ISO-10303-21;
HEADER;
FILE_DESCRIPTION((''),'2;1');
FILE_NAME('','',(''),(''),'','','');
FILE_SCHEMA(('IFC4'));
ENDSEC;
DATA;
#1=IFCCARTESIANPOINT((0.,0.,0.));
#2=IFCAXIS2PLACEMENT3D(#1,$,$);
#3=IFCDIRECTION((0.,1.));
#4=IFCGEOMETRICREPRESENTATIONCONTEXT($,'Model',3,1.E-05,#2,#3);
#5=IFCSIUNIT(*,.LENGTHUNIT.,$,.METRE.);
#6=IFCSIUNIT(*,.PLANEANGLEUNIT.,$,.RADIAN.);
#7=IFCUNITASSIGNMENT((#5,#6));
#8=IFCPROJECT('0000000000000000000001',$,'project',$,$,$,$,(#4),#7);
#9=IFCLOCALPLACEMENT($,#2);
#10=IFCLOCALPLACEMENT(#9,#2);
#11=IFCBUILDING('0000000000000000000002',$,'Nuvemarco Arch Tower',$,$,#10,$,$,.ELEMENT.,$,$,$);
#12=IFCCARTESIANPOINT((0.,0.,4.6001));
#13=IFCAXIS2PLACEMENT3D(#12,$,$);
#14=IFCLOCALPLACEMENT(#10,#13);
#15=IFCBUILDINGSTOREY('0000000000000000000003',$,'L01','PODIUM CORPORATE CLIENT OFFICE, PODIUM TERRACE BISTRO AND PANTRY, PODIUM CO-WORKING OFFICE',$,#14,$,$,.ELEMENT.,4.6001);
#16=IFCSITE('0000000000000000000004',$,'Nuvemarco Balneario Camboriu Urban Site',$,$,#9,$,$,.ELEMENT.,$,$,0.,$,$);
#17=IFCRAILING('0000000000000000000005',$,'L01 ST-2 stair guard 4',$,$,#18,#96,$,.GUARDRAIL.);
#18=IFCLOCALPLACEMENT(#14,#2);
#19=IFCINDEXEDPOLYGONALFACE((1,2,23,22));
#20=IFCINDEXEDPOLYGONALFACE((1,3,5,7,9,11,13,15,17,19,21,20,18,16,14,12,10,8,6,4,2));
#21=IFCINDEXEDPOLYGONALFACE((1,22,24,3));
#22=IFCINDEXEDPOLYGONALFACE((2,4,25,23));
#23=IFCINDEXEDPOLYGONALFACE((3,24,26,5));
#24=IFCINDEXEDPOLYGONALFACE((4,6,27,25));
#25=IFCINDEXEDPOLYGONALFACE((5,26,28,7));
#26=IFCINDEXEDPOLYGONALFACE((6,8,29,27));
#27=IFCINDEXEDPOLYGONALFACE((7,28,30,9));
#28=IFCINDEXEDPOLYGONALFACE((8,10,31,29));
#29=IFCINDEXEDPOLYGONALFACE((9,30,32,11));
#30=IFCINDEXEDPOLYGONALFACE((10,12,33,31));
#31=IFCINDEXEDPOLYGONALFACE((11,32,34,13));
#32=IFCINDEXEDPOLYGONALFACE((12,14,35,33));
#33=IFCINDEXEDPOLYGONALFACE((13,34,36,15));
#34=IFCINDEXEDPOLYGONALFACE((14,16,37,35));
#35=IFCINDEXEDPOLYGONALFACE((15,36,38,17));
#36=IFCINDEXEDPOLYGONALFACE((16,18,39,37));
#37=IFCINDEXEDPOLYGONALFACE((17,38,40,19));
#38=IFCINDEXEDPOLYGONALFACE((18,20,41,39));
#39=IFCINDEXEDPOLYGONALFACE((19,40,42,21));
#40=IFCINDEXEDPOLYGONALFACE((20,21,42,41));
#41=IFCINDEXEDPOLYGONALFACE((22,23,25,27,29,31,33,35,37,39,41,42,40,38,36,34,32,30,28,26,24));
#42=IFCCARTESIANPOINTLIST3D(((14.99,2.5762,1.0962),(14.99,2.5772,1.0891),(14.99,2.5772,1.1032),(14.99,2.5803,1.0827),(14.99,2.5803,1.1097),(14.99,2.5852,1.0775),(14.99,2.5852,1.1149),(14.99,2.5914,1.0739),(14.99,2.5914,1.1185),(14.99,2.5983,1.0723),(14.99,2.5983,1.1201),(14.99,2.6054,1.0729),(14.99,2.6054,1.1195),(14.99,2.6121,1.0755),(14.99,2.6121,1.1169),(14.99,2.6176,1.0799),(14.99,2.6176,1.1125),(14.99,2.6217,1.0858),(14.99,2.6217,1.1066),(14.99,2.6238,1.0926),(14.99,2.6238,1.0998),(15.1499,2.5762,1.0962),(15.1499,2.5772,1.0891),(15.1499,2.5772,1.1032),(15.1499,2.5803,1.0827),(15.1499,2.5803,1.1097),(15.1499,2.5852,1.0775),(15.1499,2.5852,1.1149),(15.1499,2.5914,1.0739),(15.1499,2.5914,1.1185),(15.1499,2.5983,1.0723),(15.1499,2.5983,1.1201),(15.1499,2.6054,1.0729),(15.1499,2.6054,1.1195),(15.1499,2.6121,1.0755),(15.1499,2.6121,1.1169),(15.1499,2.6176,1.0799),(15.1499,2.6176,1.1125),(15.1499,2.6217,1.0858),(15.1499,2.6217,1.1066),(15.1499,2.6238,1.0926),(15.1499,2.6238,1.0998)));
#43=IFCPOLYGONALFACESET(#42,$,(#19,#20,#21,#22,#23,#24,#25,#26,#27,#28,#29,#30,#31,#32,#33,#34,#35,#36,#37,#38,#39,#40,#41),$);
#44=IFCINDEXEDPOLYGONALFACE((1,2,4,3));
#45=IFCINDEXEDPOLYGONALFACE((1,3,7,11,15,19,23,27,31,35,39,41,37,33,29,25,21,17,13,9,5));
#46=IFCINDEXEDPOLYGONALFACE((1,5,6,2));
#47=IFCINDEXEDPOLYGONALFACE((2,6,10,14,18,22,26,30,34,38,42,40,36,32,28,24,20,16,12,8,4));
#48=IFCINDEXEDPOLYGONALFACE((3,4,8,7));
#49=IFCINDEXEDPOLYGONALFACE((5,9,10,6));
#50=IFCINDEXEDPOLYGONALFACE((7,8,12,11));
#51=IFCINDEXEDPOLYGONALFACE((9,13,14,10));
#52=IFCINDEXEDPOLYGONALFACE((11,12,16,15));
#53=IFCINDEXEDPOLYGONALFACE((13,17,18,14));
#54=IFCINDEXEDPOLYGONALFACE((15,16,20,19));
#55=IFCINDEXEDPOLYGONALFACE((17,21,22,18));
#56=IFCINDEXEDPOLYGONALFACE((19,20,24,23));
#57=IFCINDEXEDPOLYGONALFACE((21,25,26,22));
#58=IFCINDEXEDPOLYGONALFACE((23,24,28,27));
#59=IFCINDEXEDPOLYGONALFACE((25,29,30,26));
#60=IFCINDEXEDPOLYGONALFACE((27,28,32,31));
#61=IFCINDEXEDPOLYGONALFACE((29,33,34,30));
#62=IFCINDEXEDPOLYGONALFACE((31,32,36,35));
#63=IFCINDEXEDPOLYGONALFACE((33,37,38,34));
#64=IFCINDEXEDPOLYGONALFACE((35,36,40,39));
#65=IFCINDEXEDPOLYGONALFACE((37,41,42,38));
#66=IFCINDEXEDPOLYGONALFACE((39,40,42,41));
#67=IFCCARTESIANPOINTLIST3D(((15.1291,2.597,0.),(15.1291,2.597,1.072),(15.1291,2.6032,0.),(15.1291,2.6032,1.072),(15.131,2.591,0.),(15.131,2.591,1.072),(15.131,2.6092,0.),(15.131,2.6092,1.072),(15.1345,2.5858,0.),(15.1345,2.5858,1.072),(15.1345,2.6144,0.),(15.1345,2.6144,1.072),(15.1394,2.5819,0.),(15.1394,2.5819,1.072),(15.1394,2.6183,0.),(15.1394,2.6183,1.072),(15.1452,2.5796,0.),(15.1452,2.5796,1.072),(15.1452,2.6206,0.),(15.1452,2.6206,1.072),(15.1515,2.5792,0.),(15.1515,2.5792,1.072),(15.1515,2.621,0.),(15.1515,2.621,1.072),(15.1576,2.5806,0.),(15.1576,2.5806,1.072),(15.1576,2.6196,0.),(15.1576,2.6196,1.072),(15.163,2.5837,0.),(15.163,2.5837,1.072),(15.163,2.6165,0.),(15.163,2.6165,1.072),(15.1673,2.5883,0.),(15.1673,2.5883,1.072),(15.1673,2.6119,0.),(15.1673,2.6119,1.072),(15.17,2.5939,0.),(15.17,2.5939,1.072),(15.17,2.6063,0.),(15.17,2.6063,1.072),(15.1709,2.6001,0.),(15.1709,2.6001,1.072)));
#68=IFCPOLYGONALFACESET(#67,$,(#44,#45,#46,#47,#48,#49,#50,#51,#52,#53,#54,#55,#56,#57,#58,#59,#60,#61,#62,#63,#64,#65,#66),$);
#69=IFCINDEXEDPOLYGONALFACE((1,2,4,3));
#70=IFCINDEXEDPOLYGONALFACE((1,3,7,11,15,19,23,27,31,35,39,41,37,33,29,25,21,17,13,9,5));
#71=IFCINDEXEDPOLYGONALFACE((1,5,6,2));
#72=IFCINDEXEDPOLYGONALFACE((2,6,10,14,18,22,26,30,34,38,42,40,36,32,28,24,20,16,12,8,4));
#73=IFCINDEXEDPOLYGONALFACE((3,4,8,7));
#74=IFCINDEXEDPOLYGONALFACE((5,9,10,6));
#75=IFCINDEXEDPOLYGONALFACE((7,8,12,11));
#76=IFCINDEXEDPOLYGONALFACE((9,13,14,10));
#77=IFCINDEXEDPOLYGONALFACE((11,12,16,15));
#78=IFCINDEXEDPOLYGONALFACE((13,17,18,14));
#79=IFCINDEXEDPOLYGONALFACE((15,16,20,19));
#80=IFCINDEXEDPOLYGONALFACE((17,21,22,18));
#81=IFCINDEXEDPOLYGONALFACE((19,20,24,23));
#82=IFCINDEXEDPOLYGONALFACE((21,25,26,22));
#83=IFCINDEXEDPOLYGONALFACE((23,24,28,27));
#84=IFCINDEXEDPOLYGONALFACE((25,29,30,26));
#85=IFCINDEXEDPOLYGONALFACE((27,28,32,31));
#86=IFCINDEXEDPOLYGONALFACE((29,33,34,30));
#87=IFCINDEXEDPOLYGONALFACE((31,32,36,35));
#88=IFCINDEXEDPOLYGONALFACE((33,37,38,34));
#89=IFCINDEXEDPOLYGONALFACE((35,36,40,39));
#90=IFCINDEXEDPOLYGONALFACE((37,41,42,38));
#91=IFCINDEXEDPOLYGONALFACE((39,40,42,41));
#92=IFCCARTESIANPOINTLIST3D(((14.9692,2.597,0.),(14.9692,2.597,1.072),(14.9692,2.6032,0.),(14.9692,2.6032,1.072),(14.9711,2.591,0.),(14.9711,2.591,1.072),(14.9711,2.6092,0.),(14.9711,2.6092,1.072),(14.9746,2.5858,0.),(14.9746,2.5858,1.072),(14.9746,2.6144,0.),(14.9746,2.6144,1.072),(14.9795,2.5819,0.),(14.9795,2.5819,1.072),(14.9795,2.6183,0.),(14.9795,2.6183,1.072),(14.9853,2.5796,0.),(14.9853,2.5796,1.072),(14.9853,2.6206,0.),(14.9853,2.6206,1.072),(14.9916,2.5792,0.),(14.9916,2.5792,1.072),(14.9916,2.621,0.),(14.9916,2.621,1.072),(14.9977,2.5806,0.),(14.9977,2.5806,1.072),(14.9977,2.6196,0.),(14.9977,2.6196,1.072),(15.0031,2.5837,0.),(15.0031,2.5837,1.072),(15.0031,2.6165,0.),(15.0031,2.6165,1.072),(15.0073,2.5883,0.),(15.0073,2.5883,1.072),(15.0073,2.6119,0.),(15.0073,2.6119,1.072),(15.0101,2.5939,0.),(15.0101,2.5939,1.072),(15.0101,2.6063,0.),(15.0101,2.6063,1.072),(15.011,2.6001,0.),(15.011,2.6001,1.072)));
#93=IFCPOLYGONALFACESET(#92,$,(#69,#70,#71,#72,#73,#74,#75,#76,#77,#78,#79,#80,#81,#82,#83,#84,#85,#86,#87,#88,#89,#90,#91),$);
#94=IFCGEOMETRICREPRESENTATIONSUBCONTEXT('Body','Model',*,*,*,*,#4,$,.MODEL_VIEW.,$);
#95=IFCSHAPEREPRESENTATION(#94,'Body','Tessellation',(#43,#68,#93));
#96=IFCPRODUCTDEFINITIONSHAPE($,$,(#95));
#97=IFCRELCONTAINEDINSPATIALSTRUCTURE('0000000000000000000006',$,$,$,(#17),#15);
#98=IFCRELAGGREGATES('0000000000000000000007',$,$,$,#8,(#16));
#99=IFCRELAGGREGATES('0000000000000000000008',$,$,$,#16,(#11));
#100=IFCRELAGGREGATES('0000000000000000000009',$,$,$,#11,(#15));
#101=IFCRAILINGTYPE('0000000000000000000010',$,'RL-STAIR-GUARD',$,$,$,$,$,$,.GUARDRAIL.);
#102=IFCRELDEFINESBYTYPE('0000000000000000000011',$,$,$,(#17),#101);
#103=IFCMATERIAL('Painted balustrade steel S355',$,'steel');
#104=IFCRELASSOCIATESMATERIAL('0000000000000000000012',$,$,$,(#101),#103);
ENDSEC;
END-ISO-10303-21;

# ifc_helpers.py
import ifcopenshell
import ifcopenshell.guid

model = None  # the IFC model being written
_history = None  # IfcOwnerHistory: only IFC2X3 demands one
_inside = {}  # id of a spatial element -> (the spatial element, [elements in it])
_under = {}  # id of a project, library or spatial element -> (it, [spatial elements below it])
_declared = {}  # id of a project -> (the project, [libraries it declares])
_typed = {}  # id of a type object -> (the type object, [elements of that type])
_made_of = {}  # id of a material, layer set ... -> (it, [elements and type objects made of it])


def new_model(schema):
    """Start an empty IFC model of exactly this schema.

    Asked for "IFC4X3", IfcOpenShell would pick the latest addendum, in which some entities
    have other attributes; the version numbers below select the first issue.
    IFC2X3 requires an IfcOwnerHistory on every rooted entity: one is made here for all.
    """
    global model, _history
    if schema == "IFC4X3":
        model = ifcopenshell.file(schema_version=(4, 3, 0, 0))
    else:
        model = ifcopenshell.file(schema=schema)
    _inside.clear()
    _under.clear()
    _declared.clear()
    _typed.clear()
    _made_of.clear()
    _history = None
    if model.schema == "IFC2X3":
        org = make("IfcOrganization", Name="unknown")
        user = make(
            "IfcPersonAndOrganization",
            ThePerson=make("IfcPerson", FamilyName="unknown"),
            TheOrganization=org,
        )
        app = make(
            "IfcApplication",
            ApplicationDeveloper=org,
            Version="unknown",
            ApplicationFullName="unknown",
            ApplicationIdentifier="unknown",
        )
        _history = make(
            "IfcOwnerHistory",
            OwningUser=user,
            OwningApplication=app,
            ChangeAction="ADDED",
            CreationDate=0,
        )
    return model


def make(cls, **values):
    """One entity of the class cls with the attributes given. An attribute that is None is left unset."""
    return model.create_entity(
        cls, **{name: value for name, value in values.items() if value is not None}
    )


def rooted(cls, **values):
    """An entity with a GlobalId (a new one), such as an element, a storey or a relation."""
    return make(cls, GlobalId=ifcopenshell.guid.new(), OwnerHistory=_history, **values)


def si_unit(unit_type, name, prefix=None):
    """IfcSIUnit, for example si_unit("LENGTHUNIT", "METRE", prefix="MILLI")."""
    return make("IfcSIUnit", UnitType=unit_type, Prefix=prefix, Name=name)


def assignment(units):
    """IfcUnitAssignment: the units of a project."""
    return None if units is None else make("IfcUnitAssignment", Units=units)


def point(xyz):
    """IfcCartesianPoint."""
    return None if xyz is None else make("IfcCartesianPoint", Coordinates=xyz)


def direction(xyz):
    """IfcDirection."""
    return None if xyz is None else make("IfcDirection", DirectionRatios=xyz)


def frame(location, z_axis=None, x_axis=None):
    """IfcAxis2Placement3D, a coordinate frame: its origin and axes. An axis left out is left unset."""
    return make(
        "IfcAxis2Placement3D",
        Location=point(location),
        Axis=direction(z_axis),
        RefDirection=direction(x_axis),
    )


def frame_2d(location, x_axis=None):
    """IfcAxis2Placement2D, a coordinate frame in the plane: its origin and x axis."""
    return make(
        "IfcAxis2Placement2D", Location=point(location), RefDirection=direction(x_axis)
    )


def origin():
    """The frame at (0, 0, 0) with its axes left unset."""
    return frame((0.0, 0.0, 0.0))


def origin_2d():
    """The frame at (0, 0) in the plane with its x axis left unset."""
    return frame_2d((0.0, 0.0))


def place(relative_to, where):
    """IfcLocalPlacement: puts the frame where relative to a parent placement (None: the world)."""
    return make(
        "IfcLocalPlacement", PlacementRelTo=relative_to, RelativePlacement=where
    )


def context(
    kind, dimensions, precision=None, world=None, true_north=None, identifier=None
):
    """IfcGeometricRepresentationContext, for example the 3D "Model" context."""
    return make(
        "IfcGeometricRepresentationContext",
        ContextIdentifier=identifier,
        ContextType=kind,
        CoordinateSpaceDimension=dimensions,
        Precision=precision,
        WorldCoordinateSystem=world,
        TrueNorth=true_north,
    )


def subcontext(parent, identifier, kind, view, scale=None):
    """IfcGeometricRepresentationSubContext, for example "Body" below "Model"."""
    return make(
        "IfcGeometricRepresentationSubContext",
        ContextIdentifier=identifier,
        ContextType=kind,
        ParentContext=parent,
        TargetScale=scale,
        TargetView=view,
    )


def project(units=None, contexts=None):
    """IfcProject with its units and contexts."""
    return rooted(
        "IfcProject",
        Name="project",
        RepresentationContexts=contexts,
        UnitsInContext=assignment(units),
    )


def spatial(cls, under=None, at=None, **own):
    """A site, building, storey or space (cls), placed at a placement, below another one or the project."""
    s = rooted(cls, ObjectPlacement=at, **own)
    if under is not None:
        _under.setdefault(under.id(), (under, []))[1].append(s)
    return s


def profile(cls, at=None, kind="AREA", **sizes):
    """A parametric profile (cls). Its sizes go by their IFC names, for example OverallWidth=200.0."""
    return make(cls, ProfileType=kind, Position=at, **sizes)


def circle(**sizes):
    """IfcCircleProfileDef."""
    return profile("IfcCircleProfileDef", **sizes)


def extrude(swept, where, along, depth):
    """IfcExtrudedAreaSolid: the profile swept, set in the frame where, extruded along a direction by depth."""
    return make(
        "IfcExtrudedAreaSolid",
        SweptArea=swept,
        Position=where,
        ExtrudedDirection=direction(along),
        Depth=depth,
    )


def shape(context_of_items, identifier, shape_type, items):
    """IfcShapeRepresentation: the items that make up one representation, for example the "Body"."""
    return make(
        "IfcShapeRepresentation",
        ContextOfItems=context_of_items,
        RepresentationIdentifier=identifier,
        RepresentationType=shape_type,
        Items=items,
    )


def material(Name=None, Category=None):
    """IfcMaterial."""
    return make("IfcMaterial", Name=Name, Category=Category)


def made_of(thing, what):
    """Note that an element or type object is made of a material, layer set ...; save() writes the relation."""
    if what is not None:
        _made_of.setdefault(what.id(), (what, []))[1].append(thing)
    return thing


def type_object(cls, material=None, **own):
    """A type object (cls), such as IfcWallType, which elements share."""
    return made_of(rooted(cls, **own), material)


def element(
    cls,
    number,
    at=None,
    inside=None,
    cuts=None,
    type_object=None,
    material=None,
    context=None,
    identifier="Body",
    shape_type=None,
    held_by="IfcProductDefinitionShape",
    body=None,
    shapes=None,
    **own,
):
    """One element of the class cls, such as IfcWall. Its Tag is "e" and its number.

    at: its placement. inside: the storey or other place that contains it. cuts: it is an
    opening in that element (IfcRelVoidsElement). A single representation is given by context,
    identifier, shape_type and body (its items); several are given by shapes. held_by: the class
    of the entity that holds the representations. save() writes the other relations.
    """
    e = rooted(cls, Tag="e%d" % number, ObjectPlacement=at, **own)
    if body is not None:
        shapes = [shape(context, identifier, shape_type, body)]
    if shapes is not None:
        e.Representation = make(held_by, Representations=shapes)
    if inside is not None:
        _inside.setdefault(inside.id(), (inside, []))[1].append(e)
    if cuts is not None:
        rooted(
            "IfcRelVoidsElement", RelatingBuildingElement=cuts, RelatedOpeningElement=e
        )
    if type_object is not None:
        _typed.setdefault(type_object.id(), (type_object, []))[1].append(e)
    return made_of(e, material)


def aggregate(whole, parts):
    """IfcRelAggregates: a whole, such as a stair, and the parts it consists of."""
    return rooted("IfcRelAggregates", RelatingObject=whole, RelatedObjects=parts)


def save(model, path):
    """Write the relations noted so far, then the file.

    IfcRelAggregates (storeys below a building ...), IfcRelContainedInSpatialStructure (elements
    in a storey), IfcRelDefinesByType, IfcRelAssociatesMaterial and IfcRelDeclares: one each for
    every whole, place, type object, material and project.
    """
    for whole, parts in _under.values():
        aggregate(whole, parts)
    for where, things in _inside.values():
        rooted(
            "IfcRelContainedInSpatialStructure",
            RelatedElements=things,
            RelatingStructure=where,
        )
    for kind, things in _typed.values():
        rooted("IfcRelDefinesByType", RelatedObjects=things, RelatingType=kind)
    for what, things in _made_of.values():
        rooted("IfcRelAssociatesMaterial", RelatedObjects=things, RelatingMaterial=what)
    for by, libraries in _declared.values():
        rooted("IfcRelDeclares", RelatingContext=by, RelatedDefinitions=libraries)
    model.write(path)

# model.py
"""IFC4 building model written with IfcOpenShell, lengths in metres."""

from ifc_helpers import new_model, si_unit, direction, frame, origin, origin_2d, place, context, subcontext, project, spatial, circle, extrude, material, type_object, element, save


model = new_model("IFC4")

# Units and contexts
model_context = context("Model", 3, precision=1e-05, world=origin(), true_north=direction((0.0, 1.0)))
body_context = subcontext(model_context, "Body", "Model", "MODEL_VIEW")
ifc_project = project(units=[si_unit("LENGTHUNIT", "METRE"), si_unit("PLANEANGLEUNIT", "RADIAN")], contexts=[model_context])

# Site, building, storey
site_placement = place(None, origin())
site = spatial("IfcSite", under=ifc_project, at=site_placement, Name="Nuvemarco Balneario Camboriu Urban Site", CompositionType="ELEMENT", RefElevation=0.0)
building_placement = place(site_placement, origin())
building = spatial("IfcBuilding", under=site, at=building_placement, Name="Nuvemarco Arch Tower", CompositionType="ELEMENT")
storey_placement = place(building_placement, frame((0.0, 0.0, 4.6001)))
storey = spatial("IfcBuildingStorey", under=building, at=storey_placement, Name="L01", Description="PODIUM CORPORATE CLIENT OFFICE, PODIUM TERRACE BISTRO AND PANTRY, PODIUM CO-WORKING OFFICE", CompositionType="ELEMENT", Elevation=4.6001)

# Railing
ifc_material_1 = material(Name="Painted balustrade steel S355", Category="steel")
railing_type_1 = type_object("IfcRailingType", Name="RL-STAIR-GUARD", PredefinedType="GUARDRAIL", material=ifc_material_1)
railing_1_placement = place(storey_placement, frame((15.1499, 2.6001, 0.0)))
element("IfcRailing", 1, at=railing_1_placement, inside=storey, type_object=railing_type_1, Name="L01 ST-2 stair guard 4", PredefinedType="GUARDRAIL", context=body_context, shape_type="SweptSolid", body=[
    extrude(circle(Radius=0.0239, at=origin_2d()), frame((0.0, 0.0, 1.0962), z_axis=(-1.0, 0.0, 0.0), x_axis=(0.0, -1.0, 0.0)), (0.0, 0.0, 1.0), 0.1599),
    extrude(circle(Radius=0.021, at=origin_2d()), origin(), (0.0, 0.0, 1.0), 1.072),
    extrude(circle(Radius=0.021, at=origin_2d()), frame((-0.1599, 0.0, 0.0)), (0.0, 0.0, 1.0), 1.072),
])

save(model, "model.ifc")
